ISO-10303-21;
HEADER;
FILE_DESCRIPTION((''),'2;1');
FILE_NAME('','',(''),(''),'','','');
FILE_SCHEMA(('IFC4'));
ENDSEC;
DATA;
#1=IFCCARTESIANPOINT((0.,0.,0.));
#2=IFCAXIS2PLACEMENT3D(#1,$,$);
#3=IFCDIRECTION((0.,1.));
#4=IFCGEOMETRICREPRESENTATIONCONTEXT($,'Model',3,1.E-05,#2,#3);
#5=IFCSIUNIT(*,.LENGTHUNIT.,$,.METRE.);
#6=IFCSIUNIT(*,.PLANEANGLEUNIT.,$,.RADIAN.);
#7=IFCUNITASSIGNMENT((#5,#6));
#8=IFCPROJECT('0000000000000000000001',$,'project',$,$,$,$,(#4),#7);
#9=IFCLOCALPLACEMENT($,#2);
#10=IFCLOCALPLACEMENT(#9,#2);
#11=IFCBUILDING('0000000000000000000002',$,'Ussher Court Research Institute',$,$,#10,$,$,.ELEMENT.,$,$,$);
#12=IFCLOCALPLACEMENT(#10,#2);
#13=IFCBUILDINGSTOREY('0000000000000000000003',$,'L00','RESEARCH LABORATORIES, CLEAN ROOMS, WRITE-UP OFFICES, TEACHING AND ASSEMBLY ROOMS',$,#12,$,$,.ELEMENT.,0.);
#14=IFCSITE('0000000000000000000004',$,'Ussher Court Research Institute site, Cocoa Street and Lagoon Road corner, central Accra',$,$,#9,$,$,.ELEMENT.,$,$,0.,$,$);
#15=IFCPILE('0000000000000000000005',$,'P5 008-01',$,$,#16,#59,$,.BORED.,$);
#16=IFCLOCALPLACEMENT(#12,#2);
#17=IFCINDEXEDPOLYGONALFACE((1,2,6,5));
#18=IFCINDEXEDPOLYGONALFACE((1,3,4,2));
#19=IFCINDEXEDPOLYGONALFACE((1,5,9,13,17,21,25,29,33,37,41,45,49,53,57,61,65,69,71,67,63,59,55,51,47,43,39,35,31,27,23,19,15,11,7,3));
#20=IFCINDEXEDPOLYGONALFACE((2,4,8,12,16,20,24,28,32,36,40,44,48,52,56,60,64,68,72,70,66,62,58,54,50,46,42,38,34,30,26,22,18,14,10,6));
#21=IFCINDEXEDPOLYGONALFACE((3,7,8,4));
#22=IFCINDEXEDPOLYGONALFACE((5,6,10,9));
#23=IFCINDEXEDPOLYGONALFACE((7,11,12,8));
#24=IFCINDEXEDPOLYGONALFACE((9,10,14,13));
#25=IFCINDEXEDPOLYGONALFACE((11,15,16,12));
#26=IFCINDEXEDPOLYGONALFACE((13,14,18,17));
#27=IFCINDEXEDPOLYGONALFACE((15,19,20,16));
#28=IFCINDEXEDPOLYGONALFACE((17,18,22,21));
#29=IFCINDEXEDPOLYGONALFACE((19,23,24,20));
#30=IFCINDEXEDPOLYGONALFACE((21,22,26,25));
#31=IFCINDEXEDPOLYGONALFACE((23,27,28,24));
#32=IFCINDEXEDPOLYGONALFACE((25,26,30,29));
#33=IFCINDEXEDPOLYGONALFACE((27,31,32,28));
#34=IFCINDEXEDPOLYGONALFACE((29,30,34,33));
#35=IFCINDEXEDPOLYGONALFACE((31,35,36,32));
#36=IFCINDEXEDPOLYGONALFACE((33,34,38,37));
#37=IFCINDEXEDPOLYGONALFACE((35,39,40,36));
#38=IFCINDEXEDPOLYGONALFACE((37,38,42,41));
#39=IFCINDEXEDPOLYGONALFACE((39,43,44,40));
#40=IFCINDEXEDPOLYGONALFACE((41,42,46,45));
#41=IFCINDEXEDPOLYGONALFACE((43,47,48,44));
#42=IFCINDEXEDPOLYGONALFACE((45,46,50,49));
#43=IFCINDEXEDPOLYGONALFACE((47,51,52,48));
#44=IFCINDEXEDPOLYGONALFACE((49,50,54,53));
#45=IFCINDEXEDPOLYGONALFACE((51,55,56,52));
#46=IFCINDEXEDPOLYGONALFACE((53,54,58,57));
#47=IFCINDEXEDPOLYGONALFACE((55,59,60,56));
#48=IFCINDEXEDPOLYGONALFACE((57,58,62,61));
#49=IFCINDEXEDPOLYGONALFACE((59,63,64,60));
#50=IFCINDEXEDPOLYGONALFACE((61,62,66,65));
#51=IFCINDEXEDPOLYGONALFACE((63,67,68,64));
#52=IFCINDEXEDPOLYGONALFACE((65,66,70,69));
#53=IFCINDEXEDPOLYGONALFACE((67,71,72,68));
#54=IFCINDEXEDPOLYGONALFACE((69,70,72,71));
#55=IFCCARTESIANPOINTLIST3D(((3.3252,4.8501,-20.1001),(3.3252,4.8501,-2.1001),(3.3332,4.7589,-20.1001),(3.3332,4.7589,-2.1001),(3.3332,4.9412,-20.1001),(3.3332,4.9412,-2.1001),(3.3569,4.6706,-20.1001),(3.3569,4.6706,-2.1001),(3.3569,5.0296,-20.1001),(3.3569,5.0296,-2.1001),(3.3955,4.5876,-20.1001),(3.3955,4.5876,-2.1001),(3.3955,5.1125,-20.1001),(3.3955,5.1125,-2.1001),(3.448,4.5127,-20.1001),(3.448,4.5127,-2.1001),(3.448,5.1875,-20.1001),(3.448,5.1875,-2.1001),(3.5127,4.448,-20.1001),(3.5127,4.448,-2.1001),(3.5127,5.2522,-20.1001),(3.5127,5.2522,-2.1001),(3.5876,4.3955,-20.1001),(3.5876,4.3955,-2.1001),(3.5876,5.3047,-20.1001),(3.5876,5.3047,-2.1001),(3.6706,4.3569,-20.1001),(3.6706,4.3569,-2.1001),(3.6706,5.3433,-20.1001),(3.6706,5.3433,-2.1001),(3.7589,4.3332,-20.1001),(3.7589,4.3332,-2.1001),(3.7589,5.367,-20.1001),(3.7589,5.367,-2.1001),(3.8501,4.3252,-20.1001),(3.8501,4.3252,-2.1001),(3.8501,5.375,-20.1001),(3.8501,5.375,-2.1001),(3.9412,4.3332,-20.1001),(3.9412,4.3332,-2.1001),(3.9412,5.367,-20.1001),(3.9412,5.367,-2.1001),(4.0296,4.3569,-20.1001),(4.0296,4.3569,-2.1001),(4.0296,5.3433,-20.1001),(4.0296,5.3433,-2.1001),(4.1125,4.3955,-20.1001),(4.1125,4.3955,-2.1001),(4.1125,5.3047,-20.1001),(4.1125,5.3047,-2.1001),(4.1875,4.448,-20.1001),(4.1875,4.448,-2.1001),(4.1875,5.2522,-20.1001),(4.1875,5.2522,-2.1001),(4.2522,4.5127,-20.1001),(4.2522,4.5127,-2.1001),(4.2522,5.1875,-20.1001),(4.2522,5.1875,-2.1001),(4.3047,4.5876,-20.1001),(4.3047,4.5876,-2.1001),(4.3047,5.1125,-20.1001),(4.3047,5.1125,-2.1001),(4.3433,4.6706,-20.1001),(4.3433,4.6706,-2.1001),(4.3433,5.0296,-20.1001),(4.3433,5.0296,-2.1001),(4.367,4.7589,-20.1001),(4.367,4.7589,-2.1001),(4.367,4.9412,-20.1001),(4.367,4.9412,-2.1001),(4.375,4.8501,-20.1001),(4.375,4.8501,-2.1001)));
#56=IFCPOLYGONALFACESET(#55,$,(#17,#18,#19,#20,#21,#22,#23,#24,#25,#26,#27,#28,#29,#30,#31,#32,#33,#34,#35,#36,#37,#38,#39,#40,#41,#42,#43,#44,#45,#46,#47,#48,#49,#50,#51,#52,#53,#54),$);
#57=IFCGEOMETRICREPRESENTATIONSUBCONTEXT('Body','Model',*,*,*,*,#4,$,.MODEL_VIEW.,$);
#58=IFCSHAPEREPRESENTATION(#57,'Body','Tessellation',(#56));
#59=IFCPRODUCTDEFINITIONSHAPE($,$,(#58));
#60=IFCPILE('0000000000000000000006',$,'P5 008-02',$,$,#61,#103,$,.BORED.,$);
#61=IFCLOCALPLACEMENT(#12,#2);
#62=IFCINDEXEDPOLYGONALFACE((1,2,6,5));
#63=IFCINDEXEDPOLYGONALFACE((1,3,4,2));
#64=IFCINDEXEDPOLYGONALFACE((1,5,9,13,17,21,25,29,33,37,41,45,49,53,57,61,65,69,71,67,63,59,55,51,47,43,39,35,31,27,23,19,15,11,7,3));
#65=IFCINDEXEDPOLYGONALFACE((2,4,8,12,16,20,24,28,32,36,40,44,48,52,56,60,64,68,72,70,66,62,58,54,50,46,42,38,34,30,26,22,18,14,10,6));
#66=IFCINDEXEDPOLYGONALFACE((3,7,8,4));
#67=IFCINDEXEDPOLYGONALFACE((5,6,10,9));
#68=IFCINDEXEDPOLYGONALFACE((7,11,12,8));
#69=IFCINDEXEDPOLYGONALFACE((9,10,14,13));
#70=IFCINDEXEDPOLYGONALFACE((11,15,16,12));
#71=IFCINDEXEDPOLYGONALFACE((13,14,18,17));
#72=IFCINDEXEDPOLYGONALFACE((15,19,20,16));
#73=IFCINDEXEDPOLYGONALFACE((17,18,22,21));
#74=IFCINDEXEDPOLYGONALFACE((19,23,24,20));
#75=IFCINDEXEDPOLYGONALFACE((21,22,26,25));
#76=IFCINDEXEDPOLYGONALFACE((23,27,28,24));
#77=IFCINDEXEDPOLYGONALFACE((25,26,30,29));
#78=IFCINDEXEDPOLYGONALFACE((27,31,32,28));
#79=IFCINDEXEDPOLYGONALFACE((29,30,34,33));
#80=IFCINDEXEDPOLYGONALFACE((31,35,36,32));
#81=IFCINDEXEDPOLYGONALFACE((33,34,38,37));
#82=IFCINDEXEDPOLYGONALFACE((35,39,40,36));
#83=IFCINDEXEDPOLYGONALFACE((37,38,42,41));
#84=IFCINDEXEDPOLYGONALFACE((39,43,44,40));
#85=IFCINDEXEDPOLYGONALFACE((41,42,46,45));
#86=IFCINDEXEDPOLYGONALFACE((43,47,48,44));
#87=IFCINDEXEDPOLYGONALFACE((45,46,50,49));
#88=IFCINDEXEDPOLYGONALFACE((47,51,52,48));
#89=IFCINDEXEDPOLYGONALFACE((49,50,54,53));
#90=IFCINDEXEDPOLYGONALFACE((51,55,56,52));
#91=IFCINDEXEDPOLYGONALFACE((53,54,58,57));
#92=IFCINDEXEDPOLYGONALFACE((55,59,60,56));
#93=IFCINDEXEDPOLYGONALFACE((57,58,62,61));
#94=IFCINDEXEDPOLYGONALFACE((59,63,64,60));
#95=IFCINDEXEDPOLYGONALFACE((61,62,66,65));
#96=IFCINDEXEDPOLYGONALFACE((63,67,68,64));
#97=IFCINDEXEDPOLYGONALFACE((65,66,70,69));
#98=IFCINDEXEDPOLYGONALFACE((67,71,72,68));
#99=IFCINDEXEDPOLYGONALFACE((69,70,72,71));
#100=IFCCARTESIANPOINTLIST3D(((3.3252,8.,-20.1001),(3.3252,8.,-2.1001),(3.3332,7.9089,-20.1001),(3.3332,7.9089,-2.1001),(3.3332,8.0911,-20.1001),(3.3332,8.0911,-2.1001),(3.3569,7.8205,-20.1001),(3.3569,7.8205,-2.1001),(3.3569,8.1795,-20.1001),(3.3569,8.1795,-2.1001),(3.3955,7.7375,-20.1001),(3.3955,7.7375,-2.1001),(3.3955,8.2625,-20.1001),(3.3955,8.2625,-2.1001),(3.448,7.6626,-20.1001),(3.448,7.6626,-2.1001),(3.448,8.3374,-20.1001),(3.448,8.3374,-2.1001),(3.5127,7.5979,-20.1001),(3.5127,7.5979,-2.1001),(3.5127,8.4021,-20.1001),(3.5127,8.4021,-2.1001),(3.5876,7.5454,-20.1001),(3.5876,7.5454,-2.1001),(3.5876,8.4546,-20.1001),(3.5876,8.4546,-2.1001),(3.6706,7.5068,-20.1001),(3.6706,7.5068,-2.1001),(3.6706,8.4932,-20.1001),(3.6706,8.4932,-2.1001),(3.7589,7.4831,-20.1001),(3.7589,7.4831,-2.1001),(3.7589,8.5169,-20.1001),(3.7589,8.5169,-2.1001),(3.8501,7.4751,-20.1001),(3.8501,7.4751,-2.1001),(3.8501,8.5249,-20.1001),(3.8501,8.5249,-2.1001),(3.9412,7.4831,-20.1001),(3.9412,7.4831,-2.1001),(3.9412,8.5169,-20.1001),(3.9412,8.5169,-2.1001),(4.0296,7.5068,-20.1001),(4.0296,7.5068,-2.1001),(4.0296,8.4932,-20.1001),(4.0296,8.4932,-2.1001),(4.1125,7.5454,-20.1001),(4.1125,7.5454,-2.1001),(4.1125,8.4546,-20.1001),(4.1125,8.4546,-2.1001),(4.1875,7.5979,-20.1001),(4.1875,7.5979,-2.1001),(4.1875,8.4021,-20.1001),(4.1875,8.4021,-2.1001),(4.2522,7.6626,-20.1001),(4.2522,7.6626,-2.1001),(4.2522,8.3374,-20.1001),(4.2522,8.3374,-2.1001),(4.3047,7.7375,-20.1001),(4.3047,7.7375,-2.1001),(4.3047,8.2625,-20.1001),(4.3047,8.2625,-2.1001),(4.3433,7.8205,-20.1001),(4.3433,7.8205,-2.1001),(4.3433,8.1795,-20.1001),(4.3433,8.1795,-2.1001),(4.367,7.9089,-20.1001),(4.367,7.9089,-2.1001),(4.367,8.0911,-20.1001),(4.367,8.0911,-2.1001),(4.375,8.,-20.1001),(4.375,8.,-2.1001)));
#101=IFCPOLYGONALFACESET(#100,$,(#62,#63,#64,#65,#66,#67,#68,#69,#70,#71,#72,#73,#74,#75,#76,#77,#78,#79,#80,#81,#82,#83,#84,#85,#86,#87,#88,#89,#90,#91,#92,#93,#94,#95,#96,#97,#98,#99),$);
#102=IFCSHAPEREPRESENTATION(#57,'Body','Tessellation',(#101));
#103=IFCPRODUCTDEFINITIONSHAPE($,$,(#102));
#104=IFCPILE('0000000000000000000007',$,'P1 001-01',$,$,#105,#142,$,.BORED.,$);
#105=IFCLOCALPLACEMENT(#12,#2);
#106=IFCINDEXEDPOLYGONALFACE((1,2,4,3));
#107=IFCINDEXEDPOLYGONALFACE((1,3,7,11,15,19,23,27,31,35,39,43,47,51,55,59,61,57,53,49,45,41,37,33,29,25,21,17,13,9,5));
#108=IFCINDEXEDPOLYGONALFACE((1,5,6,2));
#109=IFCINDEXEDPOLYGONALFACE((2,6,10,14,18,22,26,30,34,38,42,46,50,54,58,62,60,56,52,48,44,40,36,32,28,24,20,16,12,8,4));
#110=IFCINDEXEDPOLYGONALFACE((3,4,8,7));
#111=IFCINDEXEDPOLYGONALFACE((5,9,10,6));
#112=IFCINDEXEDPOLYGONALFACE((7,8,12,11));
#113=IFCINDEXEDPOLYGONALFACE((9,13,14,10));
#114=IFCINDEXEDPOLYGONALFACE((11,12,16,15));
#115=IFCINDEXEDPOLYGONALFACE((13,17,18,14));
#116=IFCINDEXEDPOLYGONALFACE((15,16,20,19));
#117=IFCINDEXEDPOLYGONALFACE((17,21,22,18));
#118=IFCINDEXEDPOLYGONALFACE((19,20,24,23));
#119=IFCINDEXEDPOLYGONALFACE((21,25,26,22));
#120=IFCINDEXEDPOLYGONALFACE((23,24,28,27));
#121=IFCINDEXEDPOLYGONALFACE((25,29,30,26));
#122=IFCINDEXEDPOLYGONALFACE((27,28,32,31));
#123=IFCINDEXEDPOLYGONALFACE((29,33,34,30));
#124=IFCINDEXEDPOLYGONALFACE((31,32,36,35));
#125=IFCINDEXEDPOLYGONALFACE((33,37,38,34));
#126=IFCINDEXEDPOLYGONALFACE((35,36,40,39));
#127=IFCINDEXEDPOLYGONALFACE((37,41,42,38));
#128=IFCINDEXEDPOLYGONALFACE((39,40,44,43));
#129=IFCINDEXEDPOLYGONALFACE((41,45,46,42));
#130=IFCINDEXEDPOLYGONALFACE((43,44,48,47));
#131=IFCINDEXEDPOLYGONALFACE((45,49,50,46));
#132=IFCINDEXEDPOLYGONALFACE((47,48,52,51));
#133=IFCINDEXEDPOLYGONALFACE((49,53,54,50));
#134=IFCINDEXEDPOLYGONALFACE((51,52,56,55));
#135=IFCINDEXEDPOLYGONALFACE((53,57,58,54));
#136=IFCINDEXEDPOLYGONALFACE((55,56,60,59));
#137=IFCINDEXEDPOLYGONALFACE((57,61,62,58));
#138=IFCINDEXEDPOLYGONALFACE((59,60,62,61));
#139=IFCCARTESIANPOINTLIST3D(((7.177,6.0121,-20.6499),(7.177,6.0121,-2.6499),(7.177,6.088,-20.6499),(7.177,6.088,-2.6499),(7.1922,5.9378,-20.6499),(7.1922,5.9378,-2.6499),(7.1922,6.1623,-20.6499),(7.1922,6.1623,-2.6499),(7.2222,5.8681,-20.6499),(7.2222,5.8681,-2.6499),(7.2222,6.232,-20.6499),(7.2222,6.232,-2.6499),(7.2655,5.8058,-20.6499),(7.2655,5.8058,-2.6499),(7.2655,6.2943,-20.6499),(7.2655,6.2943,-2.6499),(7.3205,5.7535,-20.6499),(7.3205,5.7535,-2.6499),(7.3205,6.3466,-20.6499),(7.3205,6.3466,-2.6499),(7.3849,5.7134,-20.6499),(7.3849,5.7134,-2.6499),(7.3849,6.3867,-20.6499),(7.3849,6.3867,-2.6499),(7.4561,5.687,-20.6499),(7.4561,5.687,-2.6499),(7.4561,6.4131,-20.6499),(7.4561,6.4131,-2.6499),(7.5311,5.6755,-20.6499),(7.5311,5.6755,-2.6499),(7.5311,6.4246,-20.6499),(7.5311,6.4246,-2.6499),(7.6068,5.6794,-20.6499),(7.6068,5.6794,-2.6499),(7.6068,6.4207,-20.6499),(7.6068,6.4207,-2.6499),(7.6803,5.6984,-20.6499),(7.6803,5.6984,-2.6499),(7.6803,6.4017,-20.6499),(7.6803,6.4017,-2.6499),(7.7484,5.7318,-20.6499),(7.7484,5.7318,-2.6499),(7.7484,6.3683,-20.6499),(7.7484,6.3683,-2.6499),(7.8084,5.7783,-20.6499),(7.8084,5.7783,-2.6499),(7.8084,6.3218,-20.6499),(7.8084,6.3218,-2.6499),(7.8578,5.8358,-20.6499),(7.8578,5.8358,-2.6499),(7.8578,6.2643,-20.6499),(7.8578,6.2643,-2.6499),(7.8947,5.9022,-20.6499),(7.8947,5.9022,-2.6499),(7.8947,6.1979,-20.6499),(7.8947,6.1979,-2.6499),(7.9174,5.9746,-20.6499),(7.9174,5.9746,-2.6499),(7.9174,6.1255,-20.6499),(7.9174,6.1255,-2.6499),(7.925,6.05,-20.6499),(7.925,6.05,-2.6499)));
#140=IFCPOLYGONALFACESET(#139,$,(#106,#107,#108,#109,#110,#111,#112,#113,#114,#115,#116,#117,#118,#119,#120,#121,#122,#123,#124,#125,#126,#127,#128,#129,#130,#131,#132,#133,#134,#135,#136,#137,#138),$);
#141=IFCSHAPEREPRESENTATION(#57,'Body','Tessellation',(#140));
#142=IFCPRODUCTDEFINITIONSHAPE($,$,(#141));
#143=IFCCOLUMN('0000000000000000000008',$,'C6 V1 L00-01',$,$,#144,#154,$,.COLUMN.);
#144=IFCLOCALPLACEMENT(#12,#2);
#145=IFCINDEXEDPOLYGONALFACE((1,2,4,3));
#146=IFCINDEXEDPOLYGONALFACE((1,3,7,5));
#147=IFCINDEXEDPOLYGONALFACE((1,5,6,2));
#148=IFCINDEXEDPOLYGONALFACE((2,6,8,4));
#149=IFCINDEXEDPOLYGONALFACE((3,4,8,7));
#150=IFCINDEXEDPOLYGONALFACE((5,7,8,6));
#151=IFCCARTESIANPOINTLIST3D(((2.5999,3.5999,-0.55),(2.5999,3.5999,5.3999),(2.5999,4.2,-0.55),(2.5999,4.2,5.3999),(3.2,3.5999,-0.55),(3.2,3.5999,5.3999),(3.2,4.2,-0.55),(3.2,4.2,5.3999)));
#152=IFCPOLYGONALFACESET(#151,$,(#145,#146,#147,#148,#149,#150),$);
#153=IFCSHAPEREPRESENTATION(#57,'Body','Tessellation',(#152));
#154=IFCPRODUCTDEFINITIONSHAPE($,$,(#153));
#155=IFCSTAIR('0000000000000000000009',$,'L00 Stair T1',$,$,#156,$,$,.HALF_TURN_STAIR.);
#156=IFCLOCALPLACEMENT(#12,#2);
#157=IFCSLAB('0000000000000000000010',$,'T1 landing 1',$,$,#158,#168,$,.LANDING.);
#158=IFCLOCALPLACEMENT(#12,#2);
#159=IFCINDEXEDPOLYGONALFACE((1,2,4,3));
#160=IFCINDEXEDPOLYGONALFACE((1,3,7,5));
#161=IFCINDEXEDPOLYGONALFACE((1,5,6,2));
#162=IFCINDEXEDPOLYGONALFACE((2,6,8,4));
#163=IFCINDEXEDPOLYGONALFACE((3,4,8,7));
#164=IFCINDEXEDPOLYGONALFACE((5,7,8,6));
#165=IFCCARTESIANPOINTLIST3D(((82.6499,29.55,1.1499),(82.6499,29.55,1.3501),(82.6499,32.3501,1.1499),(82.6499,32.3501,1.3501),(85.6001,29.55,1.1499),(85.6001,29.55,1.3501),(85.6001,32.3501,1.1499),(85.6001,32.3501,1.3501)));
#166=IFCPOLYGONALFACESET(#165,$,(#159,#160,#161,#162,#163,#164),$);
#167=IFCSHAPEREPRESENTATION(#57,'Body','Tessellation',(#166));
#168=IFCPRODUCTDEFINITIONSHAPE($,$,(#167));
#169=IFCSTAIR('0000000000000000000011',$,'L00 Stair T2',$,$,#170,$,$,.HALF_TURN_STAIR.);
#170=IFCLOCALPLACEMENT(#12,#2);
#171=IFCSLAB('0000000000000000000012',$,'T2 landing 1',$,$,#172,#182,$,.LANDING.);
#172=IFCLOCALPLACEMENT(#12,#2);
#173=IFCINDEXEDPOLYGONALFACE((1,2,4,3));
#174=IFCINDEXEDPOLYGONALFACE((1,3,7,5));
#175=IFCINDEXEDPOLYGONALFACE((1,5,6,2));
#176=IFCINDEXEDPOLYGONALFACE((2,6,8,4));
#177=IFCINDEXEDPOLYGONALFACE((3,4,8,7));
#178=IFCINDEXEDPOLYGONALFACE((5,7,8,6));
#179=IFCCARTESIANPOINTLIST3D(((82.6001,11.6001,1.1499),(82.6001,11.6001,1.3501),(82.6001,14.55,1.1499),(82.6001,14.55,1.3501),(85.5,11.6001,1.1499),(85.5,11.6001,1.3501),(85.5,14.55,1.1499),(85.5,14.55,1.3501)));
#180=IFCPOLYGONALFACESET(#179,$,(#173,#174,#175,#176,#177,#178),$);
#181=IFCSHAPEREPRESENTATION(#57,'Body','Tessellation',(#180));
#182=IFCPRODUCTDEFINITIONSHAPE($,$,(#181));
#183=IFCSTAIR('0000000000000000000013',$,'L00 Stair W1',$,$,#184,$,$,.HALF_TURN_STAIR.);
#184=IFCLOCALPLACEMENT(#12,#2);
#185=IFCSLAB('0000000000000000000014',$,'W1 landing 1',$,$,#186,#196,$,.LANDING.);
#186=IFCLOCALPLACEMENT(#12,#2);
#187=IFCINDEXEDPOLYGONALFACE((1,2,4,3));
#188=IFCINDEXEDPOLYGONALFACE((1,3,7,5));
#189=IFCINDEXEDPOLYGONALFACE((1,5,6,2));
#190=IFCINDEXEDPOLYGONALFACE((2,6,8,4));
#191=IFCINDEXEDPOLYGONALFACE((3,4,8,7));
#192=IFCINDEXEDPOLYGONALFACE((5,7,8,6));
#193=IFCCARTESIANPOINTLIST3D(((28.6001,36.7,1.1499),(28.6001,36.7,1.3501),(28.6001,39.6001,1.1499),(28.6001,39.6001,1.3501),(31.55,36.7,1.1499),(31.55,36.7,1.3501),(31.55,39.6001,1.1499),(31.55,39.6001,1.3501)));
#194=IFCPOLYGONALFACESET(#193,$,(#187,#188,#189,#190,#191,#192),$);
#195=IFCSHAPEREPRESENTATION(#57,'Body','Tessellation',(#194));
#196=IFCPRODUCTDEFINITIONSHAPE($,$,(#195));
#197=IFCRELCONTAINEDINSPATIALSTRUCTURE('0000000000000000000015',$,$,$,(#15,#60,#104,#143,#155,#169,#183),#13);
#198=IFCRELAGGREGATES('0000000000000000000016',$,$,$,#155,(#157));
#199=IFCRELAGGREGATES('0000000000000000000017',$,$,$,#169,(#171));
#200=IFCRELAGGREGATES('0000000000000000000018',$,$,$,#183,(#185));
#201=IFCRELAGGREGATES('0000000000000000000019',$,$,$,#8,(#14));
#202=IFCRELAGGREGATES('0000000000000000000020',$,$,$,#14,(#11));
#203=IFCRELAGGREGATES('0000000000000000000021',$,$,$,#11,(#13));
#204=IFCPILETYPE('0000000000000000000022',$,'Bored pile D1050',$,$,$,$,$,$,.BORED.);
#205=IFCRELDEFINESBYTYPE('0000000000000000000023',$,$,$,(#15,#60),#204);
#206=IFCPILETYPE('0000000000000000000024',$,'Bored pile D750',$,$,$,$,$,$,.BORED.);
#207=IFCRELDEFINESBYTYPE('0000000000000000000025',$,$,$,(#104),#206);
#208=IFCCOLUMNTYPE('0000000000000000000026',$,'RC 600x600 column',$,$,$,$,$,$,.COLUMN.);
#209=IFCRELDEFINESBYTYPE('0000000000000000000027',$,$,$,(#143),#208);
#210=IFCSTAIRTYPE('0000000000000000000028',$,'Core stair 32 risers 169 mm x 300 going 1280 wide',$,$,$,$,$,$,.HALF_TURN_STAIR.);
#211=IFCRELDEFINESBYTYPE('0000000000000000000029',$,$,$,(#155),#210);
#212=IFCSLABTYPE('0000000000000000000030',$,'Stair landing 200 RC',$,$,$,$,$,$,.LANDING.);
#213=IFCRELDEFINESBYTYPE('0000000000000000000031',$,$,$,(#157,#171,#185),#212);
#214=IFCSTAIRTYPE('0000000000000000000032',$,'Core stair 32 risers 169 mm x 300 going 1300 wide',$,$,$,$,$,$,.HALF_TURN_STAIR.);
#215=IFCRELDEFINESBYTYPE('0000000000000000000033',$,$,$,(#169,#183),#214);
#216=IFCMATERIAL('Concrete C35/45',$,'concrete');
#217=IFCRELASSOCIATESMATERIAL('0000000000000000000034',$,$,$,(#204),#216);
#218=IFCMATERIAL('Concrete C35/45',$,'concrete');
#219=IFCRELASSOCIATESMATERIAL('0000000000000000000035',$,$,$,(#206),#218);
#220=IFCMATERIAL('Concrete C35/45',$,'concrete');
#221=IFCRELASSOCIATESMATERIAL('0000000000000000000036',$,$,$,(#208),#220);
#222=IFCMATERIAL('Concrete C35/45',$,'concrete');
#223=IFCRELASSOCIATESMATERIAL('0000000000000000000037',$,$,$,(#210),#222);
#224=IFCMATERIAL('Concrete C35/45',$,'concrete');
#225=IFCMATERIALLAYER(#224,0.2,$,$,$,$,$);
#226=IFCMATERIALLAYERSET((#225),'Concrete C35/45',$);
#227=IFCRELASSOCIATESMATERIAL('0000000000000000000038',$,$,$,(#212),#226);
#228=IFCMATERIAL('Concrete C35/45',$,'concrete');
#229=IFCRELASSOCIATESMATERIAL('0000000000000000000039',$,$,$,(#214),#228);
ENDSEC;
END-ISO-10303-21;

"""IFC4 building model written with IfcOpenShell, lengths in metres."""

from ifc_helpers import new_model, si_unit, direction, frame, origin, origin_2d, place, context, subcontext, project, spatial, polyline, rectangle, circle, outline, extrude, material, layer, layer_set, material_profile, profile_set, type_object, element, aggregate, save


model = new_model("IFC4")

# Units and contexts
model_context = context("Model", 3, precision=1e-05, world=origin(), true_north=direction((0.0, 1.0)))
body_context = subcontext(model_context, "Body", "Model", "MODEL_VIEW")
ifc_project = project(units=[si_unit("LENGTHUNIT", "METRE"), si_unit("PLANEANGLEUNIT", "RADIAN")], contexts=[model_context])

# Site, building, storey
site_placement = place(None, origin())
site = spatial("IfcSite", under=ifc_project, at=site_placement, Name="Ussher Court Research Institute site, Cocoa Street and Lagoon Road corner, central Accra", CompositionType="ELEMENT", RefElevation=0.0)
building_placement = place(site_placement, origin())
building = spatial("IfcBuilding", under=site, at=building_placement, Name="Ussher Court Research Institute", CompositionType="ELEMENT")
storey_placement = place(building_placement, origin())
storey = spatial("IfcBuildingStorey", under=building, at=storey_placement, Name="L00", Description="RESEARCH LABORATORIES, CLEAN ROOMS, WRITE-UP OFFICES, TEACHING AND ASSEMBLY ROOMS", CompositionType="ELEMENT", Elevation=0.0)

# Piles
ifc_material_1 = material(Name="Concrete C35/45", Category="concrete")
ifc_material_profile_1 = material_profile(ifc_material_1, circle(Radius=0.5249, at=origin_2d()), Name="RC D1050")
ifc_profile_set_1 = profile_set([ifc_material_profile_1], Name="Concrete C35/45")
pile_type_1 = type_object("IfcPileType", Name="Bored pile D1050", PredefinedType="BORED", material=ifc_profile_set_1)
for number, where, z_axis, x_axis, name in (
    (1, (3.8501, 4.8501, -2.1001), (0.0, 0.0, -1.0), (1.0, 0.0, 0.0), "P5 008-01"),
    (2, (3.8501, 8.0, -2.1001), (0.0, 0.0, -1.0), (1.0, 0.0, 0.0), "P5 008-02"),
):
    element("IfcPile", number, at=place(storey_placement, frame(where, z_axis=z_axis, x_axis=x_axis)), inside=storey, type_object=pile_type_1, Name=name, PredefinedType="BORED", context=body_context, shape_type="SweptSolid", body=[
        extrude(circle(Radius=0.5249, at=origin_2d()), origin(), (0.0, 0.0, 1.0), 18.0),
    ])
ifc_material_2 = material(Name="Concrete C35/45", Category="concrete")
ifc_material_profile_2 = material_profile(ifc_material_2, circle(Radius=0.375, at=origin_2d()), Name="RC D750")
ifc_profile_set_2 = profile_set([ifc_material_profile_2], Name="Concrete C35/45")
pile_type_2 = type_object("IfcPileType", Name="Bored pile D750", PredefinedType="BORED", material=ifc_profile_set_2)
pile_placement = place(storey_placement, frame((7.55, 6.05, -2.6499), z_axis=(0.0, 0.0, -1.0), x_axis=(1.0, 0.0, 0.0)))
element("IfcPile", 3, at=pile_placement, inside=storey, type_object=pile_type_2, Name="P1 001-01", PredefinedType="BORED", context=body_context, shape_type="SweptSolid", body=[
    extrude(circle(Radius=0.375, at=origin_2d()), origin(), (0.0, 0.0, 1.0), 18.0),
])

# Column
ifc_material_3 = material(Name="Concrete C35/45", Category="concrete")
ifc_material_profile_3 = material_profile(ifc_material_3, rectangle(XDim=0.6001, YDim=0.6001, at=origin_2d()), Name="RC 600x600")
ifc_profile_set_3 = profile_set([ifc_material_profile_3], Name="Concrete C35/45")
column_type = type_object("IfcColumnType", Name="RC 600x600 column", PredefinedType="COLUMN", material=ifc_profile_set_3)
column_placement = place(storey_placement, frame((2.8999, 3.8999, -0.55), z_axis=(0.0, 0.0, 1.0), x_axis=(1.0, 0.0, 0.0)))
element("IfcColumn", 4, at=column_placement, inside=storey, type_object=column_type, Name="C6 V1 L00-01", PredefinedType="COLUMN", context=body_context, shape_type="SweptSolid", body=[
    extrude(rectangle(XDim=0.6001, YDim=0.6001, at=origin_2d()), origin(), (0.0, 0.0, 1.0), 5.95),
])

# Stairs, slabs
ifc_material_4 = material(Name="Concrete C35/45", Category="concrete")
stair_type_1 = type_object("IfcStairType", Name="Core stair 32 risers 169 mm x 300 going 1280 wide", PredefinedType="HALF_TURN_STAIR", material=ifc_material_4)
stair_1_placement = place(storey_placement, origin())
stair_1 = element("IfcStair", 5, at=stair_1_placement, inside=storey, type_object=stair_type_1, Name="L00 Stair T1", PredefinedType="HALF_TURN_STAIR")
ifc_material_5 = material(Name="Concrete C35/45", Category="concrete")
ifc_layer_1 = layer(ifc_material_5, 0.2)
ifc_layer_set_1 = layer_set([ifc_layer_1], Name="Concrete C35/45")
slab_type_1 = type_object("IfcSlabType", Name="Stair landing 200 RC", PredefinedType="LANDING", material=ifc_layer_set_1)
slab_1_placement = place(storey_placement, frame((0.0, 0.0, 1.1499)))
slab_1 = element("IfcSlab", 6, at=slab_1_placement, type_object=slab_type_1, Name="T1 landing 1", PredefinedType="LANDING", context=body_context, shape_type="SweptSolid", body=[
    extrude(outline(polyline([(85.6001, 29.55), (85.6001, 32.3501), (82.6499, 32.3501), (82.6499, 29.55), (85.6001, 29.55)])), origin(), (0.0, 0.0, 1.0), 0.2002),
])
aggregate(stair_1, [slab_1])
ifc_material_6 = material(Name="Concrete C35/45", Category="concrete")
stair_type_2 = type_object("IfcStairType", Name="Core stair 32 risers 169 mm x 300 going 1300 wide", PredefinedType="HALF_TURN_STAIR", material=ifc_material_6)
stair_2_placement = place(storey_placement, origin())
stair_2 = element("IfcStair", 7, at=stair_2_placement, inside=storey, type_object=stair_type_2, Name="L00 Stair T2", PredefinedType="HALF_TURN_STAIR")
slab_2_placement = place(storey_placement, frame((0.0, 0.0, 1.1499)))
slab_2 = element("IfcSlab", 8, at=slab_2_placement, type_object=slab_type_1, Name="T2 landing 1", PredefinedType="LANDING", context=body_context, shape_type="SweptSolid", body=[
    extrude(outline(polyline([(85.5, 14.55), (82.6001, 14.55), (82.6001, 11.6001), (85.5, 11.6001), (85.5, 14.55)])), origin(), (0.0, 0.0, 1.0), 0.2002),
])
aggregate(stair_2, [slab_2])
stair_3_placement = place(storey_placement, origin())
stair_3 = element("IfcStair", 9, at=stair_3_placement, inside=storey, type_object=stair_type_2, Name="L00 Stair W1", PredefinedType="HALF_TURN_STAIR")
slab_3_placement = place(storey_placement, frame((0.0, 0.0, 1.1499)))
slab_3 = element("IfcSlab", 10, at=slab_3_placement, type_object=slab_type_1, Name="W1 landing 1", PredefinedType="LANDING", context=body_context, shape_type="SweptSolid", body=[
    extrude(outline(polyline([(31.55, 36.7), (31.55, 39.6001), (28.6001, 39.6001), (28.6001, 36.7), (31.55, 36.7)])), origin(), (0.0, 0.0, 1.0), 0.2002),
])
aggregate(stair_3, [slab_3])

save(model, "model.ifc")
